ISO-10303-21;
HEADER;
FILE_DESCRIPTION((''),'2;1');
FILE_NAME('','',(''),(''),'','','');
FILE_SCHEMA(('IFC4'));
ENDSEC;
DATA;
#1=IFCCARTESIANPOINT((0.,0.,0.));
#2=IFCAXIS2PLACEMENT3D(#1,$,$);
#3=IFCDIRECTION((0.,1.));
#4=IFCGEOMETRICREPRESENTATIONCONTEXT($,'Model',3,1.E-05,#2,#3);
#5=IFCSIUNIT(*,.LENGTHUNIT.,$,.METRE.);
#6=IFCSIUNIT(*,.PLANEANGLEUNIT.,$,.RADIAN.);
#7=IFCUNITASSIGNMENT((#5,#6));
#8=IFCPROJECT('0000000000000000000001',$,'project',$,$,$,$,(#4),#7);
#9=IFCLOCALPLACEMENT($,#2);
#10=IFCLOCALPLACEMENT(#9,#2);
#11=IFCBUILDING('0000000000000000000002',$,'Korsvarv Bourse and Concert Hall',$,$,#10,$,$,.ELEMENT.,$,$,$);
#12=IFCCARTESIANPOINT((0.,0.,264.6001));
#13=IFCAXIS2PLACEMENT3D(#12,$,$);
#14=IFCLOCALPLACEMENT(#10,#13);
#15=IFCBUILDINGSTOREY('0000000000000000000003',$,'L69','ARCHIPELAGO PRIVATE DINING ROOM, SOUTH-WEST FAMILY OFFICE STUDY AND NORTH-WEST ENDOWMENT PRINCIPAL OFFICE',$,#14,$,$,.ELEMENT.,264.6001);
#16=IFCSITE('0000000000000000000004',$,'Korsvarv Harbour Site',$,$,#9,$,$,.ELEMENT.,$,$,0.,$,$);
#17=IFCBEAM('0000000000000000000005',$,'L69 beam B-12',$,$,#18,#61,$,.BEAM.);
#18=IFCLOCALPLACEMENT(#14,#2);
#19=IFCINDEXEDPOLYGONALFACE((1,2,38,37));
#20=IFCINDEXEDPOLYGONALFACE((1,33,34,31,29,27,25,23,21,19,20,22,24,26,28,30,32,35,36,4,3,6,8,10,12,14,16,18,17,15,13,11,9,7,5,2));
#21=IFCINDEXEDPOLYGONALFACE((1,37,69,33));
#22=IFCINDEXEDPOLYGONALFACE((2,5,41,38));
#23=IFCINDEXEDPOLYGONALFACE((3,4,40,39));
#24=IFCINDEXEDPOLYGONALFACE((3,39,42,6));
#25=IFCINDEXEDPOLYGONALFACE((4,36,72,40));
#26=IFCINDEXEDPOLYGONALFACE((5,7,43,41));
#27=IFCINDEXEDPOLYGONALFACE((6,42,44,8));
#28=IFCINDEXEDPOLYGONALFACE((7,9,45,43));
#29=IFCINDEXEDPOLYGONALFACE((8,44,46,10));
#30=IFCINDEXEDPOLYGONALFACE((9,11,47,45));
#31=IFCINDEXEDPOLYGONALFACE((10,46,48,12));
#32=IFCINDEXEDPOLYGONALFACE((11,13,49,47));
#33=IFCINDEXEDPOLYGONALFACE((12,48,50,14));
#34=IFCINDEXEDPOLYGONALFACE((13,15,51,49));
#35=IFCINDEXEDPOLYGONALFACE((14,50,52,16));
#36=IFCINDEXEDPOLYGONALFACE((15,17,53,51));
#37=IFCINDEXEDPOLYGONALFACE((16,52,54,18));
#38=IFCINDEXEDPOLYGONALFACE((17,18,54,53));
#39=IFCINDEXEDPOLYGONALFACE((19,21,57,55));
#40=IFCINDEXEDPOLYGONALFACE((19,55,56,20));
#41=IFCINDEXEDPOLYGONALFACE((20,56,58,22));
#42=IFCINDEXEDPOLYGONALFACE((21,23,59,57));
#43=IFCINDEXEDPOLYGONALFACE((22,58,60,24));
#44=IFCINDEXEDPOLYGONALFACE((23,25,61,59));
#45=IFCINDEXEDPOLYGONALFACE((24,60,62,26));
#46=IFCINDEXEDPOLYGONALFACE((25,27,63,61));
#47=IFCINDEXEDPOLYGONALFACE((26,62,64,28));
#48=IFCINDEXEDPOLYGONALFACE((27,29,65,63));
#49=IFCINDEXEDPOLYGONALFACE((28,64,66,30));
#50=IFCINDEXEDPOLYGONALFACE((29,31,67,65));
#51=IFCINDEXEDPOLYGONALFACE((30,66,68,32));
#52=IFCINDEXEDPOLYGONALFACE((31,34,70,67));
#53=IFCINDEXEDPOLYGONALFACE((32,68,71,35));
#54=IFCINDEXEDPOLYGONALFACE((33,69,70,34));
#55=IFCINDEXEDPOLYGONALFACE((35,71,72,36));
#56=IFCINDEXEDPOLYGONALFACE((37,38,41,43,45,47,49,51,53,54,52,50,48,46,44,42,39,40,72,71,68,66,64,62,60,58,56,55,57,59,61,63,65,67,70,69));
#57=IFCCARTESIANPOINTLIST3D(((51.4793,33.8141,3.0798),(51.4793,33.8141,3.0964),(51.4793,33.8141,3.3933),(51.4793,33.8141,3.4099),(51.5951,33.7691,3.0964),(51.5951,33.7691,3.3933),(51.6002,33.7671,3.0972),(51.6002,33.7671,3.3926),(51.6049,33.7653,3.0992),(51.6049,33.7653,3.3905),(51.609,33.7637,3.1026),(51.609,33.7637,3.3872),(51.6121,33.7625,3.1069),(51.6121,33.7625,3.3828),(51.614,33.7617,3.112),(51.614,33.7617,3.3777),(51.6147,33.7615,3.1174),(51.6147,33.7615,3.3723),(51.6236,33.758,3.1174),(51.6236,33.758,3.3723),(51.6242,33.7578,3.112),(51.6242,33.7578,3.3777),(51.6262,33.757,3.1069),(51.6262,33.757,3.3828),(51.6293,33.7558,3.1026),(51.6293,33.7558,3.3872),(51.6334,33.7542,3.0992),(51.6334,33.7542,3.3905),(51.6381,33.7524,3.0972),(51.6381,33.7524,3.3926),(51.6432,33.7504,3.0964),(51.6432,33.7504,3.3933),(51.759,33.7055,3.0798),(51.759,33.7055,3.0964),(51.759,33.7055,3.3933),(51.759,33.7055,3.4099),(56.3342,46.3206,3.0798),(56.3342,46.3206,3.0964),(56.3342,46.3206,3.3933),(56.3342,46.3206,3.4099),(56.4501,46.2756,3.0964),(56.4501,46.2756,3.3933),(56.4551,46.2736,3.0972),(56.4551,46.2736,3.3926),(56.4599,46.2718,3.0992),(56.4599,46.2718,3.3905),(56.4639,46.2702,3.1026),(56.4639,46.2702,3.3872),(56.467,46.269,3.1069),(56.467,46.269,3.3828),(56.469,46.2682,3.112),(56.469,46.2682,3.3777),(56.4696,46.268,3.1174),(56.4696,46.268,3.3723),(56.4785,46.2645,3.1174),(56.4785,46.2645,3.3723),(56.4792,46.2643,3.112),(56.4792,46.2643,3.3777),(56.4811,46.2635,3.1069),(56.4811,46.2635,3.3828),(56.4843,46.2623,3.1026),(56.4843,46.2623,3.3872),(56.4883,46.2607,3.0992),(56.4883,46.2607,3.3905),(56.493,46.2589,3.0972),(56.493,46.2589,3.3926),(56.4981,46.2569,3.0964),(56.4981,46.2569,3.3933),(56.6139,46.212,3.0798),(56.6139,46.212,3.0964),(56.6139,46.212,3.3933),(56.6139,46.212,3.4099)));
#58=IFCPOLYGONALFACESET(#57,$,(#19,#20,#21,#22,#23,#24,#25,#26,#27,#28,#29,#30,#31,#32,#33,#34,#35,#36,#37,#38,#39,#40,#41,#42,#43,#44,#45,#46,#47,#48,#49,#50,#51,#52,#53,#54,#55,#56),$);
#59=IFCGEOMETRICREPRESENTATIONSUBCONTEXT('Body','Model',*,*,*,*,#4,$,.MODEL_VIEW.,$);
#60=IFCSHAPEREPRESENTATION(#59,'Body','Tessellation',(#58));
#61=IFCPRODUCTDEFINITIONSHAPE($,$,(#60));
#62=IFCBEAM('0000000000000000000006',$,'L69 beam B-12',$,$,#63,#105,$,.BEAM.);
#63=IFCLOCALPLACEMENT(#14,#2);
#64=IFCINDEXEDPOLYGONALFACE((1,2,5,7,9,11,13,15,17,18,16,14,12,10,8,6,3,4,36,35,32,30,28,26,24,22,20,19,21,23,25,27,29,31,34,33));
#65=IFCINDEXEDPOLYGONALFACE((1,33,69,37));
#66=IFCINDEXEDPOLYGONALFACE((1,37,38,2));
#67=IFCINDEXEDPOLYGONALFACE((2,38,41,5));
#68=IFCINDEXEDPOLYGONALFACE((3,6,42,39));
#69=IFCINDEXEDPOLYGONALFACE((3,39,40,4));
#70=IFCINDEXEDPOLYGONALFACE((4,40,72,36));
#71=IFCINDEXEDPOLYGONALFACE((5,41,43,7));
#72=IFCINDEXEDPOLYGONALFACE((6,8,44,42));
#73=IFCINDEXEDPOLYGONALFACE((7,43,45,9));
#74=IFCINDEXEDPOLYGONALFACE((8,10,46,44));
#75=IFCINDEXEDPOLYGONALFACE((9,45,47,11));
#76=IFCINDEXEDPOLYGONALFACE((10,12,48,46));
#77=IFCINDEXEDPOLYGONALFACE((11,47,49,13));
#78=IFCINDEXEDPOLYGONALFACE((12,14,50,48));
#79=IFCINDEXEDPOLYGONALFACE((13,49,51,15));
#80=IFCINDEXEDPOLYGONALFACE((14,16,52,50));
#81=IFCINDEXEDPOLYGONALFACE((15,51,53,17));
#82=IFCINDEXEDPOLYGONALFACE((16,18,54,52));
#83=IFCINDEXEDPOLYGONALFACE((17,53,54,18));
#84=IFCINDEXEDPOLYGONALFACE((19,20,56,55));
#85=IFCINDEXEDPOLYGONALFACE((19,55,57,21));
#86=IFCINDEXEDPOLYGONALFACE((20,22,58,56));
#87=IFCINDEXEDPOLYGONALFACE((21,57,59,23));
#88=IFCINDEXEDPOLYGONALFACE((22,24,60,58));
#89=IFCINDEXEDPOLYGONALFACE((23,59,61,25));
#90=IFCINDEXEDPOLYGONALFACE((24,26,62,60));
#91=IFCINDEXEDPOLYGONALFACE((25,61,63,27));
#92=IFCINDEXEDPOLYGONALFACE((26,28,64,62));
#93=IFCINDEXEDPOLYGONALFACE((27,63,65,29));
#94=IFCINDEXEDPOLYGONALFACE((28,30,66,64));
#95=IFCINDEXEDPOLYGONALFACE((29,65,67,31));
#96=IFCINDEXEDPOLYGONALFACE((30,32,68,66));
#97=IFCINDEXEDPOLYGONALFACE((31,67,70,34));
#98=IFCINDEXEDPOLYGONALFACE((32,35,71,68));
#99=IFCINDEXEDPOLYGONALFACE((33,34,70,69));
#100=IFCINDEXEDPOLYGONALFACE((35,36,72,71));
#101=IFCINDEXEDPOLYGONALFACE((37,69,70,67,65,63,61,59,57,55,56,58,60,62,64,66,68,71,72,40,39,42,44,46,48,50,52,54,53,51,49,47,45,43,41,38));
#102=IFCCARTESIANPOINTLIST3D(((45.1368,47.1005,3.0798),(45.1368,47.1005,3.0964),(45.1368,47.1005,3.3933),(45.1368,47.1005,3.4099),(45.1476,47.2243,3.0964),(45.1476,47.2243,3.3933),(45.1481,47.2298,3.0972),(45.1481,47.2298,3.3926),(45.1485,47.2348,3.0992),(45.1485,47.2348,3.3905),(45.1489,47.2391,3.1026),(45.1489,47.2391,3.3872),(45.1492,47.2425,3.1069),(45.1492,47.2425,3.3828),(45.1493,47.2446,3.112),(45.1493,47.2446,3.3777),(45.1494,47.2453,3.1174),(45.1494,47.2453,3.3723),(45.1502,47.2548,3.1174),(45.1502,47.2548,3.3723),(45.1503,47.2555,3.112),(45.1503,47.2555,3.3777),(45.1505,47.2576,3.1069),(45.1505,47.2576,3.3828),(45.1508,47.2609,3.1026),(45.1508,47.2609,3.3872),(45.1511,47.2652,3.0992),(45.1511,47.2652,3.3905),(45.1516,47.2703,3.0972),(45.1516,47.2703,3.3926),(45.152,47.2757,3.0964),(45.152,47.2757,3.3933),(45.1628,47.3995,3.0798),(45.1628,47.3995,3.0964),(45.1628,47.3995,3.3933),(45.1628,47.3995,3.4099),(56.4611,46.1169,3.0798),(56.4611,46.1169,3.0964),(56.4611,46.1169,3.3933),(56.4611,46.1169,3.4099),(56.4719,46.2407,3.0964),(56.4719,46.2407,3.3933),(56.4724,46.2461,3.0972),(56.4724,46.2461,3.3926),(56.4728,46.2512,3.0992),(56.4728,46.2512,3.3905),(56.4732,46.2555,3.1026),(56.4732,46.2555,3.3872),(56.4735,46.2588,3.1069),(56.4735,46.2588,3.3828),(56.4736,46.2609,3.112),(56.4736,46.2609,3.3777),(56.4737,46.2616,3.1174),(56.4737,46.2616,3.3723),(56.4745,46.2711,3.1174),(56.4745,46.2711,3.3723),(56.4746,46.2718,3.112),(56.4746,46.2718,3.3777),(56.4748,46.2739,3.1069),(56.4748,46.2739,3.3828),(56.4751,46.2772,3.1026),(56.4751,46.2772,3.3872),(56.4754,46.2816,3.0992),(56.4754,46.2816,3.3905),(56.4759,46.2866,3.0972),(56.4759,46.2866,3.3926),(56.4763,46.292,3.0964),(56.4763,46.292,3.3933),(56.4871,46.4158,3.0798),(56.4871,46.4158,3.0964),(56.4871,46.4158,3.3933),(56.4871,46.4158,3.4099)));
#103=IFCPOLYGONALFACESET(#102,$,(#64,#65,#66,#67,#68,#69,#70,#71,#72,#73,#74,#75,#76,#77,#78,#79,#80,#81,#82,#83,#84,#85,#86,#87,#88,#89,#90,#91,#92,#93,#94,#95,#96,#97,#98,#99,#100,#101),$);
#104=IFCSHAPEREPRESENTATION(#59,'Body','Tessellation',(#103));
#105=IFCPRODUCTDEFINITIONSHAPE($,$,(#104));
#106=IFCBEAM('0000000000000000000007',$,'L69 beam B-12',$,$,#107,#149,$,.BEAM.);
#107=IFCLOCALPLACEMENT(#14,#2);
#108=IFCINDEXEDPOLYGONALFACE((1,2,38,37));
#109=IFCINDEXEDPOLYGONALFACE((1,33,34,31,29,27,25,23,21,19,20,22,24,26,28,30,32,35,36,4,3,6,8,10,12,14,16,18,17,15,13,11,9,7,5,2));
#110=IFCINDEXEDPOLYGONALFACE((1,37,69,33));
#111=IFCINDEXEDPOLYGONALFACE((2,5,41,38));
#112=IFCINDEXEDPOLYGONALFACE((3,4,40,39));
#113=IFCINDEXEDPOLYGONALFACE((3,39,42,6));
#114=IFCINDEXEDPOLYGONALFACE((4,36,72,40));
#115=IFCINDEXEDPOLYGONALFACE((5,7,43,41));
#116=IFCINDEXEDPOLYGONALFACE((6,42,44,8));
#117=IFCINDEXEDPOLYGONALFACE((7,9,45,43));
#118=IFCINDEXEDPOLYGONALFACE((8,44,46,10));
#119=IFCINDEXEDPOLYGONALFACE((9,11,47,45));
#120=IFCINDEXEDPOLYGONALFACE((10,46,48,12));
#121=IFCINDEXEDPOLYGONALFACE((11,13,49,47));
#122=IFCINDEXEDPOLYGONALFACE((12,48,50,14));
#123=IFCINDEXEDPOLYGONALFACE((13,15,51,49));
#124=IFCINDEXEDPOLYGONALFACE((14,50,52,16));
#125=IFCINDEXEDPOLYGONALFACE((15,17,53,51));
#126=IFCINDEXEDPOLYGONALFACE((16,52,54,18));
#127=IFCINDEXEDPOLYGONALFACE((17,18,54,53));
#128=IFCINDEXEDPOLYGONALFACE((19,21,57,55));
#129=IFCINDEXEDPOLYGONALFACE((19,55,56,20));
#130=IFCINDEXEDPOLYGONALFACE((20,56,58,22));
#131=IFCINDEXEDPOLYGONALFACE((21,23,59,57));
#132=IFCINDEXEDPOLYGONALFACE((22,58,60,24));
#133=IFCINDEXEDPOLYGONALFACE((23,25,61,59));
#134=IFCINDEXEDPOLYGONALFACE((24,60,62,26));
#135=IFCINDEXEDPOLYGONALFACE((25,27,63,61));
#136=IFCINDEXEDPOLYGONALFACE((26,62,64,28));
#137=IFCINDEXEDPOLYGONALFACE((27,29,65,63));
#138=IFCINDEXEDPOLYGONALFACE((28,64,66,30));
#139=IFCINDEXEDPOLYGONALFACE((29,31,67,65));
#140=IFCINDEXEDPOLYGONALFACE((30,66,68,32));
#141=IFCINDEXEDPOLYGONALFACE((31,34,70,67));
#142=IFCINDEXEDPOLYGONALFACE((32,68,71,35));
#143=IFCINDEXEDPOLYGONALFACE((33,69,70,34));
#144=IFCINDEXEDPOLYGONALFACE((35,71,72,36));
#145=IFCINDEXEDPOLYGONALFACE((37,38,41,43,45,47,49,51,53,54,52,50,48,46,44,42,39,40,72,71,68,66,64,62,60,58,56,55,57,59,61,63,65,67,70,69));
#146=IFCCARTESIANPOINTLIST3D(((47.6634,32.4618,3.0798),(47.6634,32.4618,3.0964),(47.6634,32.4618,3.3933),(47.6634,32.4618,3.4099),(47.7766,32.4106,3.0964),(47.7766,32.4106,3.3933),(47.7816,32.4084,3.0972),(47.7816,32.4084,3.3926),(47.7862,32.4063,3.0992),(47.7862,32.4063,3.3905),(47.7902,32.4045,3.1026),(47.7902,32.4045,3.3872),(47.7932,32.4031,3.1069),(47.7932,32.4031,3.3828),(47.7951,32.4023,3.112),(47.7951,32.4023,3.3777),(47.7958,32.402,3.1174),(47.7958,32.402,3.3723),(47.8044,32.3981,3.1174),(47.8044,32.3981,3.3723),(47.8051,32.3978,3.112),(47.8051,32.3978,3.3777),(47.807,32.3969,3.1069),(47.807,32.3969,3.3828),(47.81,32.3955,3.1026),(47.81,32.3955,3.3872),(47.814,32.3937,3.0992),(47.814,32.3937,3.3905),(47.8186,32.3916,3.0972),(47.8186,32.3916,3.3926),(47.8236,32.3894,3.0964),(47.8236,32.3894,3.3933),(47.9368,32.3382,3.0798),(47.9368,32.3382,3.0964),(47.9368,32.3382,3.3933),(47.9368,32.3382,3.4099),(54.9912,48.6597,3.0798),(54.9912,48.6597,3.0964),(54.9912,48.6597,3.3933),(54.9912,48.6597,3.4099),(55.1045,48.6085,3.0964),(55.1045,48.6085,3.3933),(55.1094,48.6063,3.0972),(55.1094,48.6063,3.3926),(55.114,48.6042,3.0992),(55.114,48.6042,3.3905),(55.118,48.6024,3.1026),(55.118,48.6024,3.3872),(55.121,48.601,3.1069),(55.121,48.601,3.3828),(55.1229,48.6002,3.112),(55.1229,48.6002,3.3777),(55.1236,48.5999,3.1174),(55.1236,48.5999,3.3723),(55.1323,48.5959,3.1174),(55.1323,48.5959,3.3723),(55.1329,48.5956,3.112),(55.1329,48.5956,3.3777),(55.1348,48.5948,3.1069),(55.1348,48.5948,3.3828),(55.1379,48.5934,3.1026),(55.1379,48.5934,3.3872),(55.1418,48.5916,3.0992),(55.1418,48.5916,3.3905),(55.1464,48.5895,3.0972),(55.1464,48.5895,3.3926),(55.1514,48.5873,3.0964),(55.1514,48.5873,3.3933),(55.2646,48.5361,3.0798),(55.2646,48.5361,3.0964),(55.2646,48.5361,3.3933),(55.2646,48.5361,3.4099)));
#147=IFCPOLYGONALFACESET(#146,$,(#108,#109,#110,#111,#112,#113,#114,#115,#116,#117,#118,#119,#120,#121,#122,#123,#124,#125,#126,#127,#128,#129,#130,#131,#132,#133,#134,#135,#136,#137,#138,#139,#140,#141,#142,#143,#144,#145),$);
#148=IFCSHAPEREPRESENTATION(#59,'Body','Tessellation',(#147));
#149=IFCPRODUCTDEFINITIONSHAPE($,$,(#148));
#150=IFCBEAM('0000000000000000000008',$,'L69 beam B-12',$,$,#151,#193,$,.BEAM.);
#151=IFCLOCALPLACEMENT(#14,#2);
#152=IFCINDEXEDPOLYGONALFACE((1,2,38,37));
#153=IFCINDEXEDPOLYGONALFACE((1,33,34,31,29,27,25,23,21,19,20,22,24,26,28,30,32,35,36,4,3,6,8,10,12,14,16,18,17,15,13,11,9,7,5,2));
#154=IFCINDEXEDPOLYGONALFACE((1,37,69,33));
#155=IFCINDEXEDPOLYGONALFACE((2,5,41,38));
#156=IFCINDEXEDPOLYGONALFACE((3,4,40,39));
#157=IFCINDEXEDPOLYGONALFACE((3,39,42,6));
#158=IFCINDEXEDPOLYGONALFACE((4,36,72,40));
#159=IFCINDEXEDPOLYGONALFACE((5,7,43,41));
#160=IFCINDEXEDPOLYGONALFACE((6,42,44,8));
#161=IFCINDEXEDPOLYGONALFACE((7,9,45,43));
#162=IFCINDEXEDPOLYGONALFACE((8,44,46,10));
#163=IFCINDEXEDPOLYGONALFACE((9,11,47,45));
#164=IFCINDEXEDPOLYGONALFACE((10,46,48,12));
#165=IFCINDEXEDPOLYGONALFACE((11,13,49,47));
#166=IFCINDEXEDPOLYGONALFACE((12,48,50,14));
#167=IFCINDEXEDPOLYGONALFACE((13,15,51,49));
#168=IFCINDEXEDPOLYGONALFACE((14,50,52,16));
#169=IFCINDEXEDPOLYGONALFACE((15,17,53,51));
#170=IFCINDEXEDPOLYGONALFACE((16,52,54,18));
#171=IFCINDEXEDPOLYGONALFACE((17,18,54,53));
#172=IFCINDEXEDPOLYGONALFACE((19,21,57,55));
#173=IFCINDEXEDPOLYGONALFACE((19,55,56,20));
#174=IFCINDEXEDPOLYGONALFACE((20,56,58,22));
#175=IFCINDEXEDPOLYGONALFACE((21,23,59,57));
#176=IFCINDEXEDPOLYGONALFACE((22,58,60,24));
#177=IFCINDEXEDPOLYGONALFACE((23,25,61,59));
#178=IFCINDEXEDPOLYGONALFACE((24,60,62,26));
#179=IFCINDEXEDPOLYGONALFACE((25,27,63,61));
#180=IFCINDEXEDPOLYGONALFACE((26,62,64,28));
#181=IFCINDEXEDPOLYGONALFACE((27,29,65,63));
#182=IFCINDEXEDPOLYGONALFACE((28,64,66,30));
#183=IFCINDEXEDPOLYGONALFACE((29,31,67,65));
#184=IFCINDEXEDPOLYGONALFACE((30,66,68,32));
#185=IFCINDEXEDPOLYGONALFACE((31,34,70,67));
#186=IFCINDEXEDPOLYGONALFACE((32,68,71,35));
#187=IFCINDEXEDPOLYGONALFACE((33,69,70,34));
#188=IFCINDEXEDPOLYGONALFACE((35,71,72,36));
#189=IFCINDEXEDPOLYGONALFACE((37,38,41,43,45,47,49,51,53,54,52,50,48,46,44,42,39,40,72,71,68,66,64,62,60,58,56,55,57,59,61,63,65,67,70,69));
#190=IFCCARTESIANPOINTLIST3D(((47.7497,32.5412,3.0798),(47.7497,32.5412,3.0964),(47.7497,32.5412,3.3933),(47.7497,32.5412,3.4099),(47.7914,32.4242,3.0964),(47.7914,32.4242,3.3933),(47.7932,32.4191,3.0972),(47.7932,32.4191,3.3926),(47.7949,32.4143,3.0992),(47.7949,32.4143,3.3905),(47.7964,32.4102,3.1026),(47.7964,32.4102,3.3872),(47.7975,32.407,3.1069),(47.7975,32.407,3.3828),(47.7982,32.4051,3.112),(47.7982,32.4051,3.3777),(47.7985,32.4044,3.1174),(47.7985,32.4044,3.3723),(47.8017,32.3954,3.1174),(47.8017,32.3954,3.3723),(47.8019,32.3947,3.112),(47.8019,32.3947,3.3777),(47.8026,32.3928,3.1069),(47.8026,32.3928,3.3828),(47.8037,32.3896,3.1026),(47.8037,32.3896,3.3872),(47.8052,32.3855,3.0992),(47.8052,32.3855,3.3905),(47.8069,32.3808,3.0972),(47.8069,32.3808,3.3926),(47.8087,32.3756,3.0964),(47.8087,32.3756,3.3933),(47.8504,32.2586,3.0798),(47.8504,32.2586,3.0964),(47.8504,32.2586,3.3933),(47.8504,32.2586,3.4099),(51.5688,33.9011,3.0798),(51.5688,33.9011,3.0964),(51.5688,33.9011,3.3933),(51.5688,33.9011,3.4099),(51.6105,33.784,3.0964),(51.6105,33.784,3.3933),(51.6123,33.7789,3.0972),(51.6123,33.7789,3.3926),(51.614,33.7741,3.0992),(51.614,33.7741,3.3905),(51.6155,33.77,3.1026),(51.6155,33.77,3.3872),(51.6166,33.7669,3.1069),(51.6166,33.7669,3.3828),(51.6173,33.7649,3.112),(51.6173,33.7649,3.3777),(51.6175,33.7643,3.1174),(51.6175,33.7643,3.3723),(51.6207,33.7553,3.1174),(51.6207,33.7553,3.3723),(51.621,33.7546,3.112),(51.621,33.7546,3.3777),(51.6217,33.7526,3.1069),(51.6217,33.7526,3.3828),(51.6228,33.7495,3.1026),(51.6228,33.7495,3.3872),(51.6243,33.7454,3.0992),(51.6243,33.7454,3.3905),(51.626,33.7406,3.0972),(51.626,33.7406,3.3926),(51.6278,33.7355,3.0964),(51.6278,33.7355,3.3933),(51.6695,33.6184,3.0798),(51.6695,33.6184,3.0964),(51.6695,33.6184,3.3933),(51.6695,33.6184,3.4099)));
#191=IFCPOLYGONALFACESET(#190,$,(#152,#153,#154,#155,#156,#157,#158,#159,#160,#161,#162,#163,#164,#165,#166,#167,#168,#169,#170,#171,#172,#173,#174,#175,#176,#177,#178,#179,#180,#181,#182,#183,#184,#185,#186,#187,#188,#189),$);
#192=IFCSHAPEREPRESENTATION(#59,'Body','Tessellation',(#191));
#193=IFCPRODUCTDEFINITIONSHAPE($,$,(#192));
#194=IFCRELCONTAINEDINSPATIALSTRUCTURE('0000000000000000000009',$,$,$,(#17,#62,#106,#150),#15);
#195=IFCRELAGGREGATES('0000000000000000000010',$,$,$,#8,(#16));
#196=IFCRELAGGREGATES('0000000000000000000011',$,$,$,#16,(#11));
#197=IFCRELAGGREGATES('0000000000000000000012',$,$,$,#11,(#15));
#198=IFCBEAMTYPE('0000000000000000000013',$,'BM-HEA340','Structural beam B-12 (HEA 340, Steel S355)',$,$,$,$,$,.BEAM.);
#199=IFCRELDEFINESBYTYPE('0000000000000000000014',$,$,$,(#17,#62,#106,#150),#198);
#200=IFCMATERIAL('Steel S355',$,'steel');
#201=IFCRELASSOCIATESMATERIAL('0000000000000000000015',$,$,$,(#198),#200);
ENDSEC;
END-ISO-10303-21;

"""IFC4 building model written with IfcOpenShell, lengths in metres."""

from ifc_helpers import new_model, si_unit, direction, frame, origin, origin_2d, place, context, subcontext, project, spatial, i_section, extrude, source, transform, mapped, material, material_profile, profile_set, type_object, element, save


model = new_model("IFC4")

# Units and contexts
model_context = context("Model", 3, precision=1e-05, world=origin(), true_north=direction((0.0, 1.0)))
body_context = subcontext(model_context, "Body", "Model", "MODEL_VIEW")
ifc_project = project(units=[si_unit("LENGTHUNIT", "METRE"), si_unit("PLANEANGLEUNIT", "RADIAN")], contexts=[model_context])

# Site, building, storey
site_placement = place(None, origin())
site = spatial("IfcSite", under=ifc_project, at=site_placement, Name="Korsvarv Harbour Site", CompositionType="ELEMENT", RefElevation=0.0)
building_placement = place(site_placement, origin())
building = spatial("IfcBuilding", under=site, at=building_placement, Name="Korsvarv Bourse and Concert Hall", CompositionType="ELEMENT")
storey_placement = place(building_placement, frame((0.0, 0.0, 264.6001)))
storey = spatial("IfcBuildingStorey", under=building, at=storey_placement, Name="L69", Description="ARCHIPELAGO PRIVATE DINING ROOM, SOUTH-WEST FAMILY OFFICE STUDY AND NORTH-WEST ENDOWMENT PRINCIPAL OFFICE", CompositionType="ELEMENT", Elevation=264.6001)

# Beams
ifc_material_1 = material(Name="Steel S355", Category="steel")
ifc_material_profile_1 = material_profile(ifc_material_1, i_section(OverallWidth=0.3, OverallDepth=0.3301, WebThickness=0.0095, FlangeThickness=0.0166, FilletRadius=0.021, at=origin_2d()), Name="HEA 340")
ifc_profile_set_1 = profile_set([ifc_material_profile_1], Name="Steel S355")
beam_type_1 = type_object("IfcBeamType", Name="BM-HEA340", Description="Structural beam B-12 (HEA 340, Steel S355)", PredefinedType="BEAM", material=ifc_profile_set_1)
shared_shape_1 = source(origin(), body_context, "Body", "SweptSolid", [
    extrude(i_section(OverallWidth=0.3, OverallDepth=0.3301, WebThickness=0.0095, FlangeThickness=0.0166, FilletRadius=0.021, at=origin_2d()), origin(), (0.0, 0.0, 1.0), 13.4158),
])
beam_1_placement = place(storey_placement, frame((51.6191, 33.7598, 3.2449), z_axis=(0.361883, 0.932223, 0.0), x_axis=(-0.932223, 0.361883, 0.0)))
element("IfcBeam", 1, at=beam_1_placement, inside=storey, type_object=beam_type_1, Name="L69 beam B-12", PredefinedType="BEAM", context=body_context, shape_type="MappedRepresentation", body=[
    mapped(shared_shape_1, transform((0.0, 0.0, 0.0), scale=1.0)),
])
shared_shape_2 = source(origin(), body_context, "Body", "SweptSolid", [
    extrude(i_section(OverallWidth=0.3, OverallDepth=0.3301, WebThickness=0.0095, FlangeThickness=0.0166, FilletRadius=0.021, at=origin_2d()), origin(), (0.0, 0.0, 1.0), 11.3669),
])
beam_2_placement = place(storey_placement, frame((56.4741, 46.2664, 3.2449), z_axis=(-0.996249, 0.086536, 0.0), x_axis=(-0.086536, -0.996249, 0.0)))
element("IfcBeam", 2, at=beam_2_placement, inside=storey, type_object=beam_type_1, Name="L69 beam B-12", PredefinedType="BEAM", context=body_context, shape_type="MappedRepresentation", body=[
    mapped(shared_shape_2, transform((0.0, 0.0, 0.0), scale=1.0)),
])
shared_shape_3 = source(origin(), body_context, "Body", "SweptSolid", [
    extrude(i_section(OverallWidth=0.3, OverallDepth=0.3301, WebThickness=0.0095, FlangeThickness=0.0166, FilletRadius=0.021, at=origin_2d()), origin(), (0.0, 0.0, 1.0), 17.7783),
])
beam_3_placement = place(storey_placement, frame((55.1279, 48.5979, 3.2449), z_axis=(-0.412178, -0.911103, 0.0), x_axis=(0.911103, -0.412178, 0.0)))
element("IfcBeam", 3, at=beam_3_placement, inside=storey, type_object=beam_type_1, Name="L69 beam B-12", PredefinedType="BEAM", context=body_context, shape_type="MappedRepresentation", body=[
    mapped(shared_shape_3, transform((0.0, 0.0, 0.0), scale=1.0)),
])
shared_shape_4 = source(origin(), body_context, "Body", "SweptSolid", [
    extrude(i_section(OverallWidth=0.3, OverallDepth=0.3301, WebThickness=0.0095, FlangeThickness=0.0166, FilletRadius=0.021, at=origin_2d()), origin(), (0.0, 0.0, 1.0), 4.054),
])
beam_4_placement = place(storey_placement, frame((51.6191, 33.7598, 3.2449), z_axis=(-0.942062, -0.33544, 0.0), x_axis=(0.33544, -0.942062, 0.0)))
element("IfcBeam", 4, at=beam_4_placement, inside=storey, type_object=beam_type_1, Name="L69 beam B-12", PredefinedType="BEAM", context=body_context, shape_type="MappedRepresentation", body=[
    mapped(shared_shape_4, transform((0.0, 0.0, 0.0), scale=1.0)),
])

save(model, "model.ifc")
